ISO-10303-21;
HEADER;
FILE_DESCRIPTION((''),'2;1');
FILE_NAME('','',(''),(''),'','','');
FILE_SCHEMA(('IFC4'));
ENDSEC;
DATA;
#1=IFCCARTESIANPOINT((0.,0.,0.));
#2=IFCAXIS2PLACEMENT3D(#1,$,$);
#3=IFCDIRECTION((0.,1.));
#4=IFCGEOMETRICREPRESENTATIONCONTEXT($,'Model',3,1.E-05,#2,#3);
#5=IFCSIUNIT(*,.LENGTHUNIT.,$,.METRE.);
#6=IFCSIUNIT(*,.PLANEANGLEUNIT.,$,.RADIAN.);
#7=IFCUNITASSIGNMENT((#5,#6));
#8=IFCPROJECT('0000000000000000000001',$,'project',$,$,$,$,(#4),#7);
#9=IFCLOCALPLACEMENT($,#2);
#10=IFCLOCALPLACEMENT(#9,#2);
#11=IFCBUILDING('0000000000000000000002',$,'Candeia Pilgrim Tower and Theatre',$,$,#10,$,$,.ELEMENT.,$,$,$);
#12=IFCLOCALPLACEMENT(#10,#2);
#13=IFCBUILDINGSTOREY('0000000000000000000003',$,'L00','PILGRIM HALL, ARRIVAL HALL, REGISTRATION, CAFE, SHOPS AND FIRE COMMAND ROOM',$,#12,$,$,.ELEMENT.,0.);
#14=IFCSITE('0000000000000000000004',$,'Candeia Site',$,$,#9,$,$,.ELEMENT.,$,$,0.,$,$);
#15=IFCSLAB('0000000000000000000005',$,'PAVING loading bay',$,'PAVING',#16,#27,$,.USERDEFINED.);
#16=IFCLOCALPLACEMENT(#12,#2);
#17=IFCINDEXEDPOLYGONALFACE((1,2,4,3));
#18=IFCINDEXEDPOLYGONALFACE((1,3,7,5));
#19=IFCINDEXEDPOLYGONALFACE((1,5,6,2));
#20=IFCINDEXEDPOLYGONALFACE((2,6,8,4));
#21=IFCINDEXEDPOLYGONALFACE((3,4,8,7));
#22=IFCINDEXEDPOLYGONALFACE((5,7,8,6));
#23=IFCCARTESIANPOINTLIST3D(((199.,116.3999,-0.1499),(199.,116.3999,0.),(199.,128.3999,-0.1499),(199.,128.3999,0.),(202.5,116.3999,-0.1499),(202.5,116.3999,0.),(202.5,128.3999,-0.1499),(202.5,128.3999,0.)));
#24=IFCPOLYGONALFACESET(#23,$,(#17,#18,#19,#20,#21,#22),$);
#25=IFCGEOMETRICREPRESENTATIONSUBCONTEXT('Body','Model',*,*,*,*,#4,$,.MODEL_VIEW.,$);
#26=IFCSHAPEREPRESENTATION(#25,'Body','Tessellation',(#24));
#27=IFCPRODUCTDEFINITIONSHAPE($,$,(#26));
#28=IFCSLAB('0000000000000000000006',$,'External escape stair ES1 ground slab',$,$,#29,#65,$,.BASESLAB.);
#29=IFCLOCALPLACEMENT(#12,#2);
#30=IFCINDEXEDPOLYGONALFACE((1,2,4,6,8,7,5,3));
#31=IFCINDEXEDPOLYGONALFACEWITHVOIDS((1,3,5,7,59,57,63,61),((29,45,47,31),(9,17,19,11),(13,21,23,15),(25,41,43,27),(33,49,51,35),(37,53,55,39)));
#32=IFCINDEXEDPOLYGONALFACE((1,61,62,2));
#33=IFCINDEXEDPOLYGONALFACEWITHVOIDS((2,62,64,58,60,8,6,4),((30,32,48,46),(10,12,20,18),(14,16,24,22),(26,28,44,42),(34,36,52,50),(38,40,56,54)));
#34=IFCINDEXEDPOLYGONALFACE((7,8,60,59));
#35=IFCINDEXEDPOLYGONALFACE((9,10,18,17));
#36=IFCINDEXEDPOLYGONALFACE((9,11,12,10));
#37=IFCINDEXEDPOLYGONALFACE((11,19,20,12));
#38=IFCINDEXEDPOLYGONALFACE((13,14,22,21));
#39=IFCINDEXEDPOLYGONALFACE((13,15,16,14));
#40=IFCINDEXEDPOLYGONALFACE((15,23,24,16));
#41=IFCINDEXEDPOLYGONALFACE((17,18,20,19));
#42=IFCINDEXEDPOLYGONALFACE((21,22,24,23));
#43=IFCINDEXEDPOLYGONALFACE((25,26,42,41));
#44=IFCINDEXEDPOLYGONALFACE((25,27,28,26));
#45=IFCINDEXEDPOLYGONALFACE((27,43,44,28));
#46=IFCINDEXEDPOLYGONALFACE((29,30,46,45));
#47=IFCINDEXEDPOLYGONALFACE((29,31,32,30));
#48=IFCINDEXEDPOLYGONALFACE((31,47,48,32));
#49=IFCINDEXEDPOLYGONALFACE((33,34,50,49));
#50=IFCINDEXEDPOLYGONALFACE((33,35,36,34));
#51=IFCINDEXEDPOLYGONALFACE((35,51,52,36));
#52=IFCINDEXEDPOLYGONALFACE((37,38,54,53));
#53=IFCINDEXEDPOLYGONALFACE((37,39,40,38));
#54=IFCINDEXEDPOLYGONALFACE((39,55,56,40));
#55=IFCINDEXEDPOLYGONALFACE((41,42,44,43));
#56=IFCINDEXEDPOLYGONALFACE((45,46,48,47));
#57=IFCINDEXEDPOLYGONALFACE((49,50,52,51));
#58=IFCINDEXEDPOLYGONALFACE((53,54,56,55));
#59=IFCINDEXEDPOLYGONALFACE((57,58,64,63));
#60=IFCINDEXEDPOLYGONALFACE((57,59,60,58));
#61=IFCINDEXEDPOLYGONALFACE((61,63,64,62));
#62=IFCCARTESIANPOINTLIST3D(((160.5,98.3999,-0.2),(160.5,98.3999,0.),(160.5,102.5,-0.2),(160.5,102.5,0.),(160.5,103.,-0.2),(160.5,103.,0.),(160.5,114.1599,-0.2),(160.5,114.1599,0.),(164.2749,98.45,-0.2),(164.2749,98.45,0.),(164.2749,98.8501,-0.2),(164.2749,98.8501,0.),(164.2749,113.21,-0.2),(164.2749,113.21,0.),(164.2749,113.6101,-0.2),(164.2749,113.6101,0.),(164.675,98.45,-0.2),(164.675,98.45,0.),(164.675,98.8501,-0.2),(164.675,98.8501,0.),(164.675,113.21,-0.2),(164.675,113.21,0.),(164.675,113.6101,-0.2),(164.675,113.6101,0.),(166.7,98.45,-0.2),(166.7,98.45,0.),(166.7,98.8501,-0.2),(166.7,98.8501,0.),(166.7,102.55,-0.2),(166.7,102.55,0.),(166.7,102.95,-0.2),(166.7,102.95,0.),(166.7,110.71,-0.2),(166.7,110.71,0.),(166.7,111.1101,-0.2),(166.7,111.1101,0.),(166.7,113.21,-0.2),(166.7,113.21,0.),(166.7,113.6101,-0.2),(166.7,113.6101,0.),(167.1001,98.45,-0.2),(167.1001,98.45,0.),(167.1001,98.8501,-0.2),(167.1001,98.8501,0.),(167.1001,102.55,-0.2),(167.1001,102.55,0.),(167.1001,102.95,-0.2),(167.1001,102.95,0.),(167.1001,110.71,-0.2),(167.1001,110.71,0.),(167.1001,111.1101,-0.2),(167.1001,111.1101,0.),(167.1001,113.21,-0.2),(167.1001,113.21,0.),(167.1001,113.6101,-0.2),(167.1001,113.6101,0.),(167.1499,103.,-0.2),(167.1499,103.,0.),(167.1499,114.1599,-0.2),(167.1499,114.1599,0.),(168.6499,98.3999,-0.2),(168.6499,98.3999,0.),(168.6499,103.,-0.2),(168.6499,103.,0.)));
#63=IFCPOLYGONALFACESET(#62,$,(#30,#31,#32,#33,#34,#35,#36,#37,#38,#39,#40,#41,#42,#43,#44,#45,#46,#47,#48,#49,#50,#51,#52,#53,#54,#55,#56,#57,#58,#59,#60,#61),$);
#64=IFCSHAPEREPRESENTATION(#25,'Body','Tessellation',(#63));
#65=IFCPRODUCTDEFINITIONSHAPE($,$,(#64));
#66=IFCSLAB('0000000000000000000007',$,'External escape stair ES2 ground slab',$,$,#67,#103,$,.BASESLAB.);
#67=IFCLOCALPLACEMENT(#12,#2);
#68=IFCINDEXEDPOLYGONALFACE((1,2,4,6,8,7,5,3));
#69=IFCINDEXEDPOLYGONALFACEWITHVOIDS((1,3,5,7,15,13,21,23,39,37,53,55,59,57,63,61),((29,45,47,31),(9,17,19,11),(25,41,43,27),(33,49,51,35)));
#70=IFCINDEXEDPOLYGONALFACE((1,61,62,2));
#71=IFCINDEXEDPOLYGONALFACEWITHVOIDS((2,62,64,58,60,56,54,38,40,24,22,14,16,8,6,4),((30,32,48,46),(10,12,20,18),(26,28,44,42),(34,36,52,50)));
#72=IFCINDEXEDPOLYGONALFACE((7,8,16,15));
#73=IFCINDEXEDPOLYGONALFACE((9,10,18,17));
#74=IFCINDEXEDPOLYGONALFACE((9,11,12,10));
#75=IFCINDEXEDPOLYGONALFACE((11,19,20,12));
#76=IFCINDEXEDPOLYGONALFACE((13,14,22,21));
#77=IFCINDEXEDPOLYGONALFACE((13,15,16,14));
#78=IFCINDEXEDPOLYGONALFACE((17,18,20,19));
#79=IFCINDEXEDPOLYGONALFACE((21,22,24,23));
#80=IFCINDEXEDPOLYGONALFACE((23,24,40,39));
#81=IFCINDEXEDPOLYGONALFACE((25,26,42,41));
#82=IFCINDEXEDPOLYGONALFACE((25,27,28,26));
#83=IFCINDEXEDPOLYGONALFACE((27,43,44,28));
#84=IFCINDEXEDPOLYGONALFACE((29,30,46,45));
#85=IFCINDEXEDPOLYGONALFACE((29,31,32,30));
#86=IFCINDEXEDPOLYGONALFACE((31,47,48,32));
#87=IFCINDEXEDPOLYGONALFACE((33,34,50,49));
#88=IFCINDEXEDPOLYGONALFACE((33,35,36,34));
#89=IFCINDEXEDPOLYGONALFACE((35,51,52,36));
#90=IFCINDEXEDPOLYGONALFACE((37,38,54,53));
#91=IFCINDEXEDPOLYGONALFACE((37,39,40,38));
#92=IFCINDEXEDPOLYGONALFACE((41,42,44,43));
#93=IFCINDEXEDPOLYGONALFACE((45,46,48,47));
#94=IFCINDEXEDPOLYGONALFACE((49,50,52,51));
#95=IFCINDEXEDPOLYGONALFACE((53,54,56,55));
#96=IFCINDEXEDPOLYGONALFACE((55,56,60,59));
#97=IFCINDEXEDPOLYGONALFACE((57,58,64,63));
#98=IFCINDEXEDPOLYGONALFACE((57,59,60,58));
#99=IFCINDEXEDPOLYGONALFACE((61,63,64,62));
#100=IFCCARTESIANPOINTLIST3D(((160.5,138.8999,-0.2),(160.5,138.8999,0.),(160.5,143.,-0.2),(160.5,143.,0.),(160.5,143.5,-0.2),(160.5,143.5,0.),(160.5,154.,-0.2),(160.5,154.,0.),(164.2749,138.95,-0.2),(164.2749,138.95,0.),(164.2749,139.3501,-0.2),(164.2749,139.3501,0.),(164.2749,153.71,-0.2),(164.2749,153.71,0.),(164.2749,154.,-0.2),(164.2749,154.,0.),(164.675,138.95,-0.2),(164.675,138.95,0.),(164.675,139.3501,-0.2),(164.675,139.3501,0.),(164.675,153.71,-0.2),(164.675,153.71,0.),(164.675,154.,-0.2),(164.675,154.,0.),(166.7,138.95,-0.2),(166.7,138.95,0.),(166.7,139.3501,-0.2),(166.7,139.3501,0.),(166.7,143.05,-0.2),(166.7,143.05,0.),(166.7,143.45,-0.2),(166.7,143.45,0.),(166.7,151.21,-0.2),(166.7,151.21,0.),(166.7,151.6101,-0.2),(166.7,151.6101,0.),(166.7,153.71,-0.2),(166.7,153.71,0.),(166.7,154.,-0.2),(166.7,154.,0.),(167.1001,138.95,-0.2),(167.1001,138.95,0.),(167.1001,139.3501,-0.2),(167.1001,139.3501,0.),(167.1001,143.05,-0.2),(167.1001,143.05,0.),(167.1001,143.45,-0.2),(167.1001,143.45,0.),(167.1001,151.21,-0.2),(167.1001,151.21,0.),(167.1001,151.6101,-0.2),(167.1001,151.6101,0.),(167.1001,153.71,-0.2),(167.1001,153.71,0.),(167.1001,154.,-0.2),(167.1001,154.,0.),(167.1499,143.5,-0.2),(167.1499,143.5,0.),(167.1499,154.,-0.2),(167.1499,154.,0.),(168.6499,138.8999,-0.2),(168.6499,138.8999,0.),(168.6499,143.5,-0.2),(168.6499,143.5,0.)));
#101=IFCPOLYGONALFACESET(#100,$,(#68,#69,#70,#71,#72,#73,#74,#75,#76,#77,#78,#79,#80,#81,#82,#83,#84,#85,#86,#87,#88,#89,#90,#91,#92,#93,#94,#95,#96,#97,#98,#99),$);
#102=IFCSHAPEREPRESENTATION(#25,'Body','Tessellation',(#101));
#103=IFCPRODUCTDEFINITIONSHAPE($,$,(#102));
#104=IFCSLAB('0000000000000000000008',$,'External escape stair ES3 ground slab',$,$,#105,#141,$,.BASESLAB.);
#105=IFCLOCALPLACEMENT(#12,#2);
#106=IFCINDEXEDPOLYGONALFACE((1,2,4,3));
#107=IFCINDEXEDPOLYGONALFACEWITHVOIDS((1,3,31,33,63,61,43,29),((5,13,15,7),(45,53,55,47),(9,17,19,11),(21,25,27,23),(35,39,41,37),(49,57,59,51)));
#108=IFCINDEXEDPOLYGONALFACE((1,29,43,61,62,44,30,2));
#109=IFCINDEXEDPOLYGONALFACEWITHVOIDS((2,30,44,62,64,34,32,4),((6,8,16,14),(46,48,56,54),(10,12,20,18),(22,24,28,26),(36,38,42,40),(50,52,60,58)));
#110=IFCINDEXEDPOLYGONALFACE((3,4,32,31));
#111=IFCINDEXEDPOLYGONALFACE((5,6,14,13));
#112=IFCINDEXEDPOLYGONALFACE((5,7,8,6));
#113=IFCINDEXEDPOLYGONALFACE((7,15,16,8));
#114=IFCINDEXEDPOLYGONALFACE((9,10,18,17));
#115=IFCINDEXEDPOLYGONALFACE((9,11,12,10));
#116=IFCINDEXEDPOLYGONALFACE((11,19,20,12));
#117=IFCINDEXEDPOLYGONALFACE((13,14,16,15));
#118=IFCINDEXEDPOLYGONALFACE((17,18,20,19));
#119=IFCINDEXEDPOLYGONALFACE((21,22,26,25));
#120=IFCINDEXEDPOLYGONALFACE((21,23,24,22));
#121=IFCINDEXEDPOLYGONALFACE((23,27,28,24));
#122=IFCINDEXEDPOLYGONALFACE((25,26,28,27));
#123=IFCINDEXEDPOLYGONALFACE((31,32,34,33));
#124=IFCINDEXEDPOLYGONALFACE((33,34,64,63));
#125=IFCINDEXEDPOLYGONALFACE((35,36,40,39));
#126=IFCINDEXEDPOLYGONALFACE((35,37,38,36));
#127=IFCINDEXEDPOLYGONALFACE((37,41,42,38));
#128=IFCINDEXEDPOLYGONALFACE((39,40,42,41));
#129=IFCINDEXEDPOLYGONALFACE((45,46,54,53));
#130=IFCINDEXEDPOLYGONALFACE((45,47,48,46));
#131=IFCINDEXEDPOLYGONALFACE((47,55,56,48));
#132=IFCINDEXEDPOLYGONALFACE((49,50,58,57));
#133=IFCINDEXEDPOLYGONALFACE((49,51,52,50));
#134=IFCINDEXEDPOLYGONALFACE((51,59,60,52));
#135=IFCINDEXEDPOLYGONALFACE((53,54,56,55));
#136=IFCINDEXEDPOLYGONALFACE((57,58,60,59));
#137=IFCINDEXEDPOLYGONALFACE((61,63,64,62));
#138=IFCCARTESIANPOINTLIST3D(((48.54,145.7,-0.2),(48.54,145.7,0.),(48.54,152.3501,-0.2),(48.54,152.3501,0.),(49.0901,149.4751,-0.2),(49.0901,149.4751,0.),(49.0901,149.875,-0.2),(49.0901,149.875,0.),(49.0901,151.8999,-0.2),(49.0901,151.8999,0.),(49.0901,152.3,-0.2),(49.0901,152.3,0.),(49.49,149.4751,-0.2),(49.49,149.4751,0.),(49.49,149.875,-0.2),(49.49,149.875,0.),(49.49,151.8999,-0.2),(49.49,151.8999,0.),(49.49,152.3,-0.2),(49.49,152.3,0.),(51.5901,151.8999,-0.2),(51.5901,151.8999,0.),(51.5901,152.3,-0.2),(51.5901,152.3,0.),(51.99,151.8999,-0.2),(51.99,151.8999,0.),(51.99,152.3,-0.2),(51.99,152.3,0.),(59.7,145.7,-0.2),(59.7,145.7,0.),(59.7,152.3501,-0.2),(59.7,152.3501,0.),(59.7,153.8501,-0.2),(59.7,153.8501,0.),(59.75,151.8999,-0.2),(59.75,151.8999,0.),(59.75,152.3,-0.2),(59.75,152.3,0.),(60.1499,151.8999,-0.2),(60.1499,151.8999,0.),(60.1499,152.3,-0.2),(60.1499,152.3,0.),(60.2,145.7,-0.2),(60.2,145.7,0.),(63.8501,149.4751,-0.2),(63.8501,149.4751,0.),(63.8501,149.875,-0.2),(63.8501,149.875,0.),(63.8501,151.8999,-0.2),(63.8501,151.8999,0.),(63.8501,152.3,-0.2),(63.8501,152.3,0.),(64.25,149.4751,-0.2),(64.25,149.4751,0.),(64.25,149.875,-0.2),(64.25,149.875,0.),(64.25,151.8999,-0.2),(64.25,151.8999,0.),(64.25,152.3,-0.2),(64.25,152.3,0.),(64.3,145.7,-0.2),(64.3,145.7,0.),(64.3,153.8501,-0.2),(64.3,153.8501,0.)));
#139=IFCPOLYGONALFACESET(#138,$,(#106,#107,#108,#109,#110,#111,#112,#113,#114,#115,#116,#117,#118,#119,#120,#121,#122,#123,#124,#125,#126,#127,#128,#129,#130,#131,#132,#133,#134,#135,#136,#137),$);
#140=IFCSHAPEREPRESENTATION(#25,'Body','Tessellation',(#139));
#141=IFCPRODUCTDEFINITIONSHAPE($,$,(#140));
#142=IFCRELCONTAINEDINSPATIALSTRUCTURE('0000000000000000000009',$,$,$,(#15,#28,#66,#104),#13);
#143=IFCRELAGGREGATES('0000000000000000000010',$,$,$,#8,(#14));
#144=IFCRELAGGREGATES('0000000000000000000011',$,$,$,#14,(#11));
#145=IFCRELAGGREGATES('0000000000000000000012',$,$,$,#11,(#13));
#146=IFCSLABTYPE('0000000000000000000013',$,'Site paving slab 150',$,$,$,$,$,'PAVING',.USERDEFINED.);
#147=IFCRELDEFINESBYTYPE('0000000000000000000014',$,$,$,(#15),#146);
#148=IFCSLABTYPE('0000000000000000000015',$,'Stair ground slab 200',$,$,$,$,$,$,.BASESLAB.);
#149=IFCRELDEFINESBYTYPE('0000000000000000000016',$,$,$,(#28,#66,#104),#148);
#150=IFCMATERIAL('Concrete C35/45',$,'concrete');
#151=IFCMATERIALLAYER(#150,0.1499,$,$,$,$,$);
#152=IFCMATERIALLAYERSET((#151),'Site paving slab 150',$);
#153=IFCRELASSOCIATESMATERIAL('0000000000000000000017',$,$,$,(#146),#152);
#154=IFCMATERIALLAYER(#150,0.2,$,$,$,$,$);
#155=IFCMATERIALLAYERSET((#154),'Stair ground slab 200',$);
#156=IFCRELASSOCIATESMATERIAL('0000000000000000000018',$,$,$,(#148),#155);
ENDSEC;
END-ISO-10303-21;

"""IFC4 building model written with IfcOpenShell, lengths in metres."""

from ifc_helpers import new_model, si_unit, direction, frame, origin, place, context, subcontext, project, spatial, polyline, outline, extrude, material, layer, layer_set, type_object, element, save


model = new_model("IFC4")

# Units and contexts
model_context = context("Model", 3, precision=1e-05, world=origin(), true_north=direction((0.0, 1.0)))
body_context = subcontext(model_context, "Body", "Model", "MODEL_VIEW")
ifc_project = project(units=[si_unit("LENGTHUNIT", "METRE"), si_unit("PLANEANGLEUNIT", "RADIAN")], contexts=[model_context])

# Site, building, storey
site_placement = place(None, origin())
site = spatial("IfcSite", under=ifc_project, at=site_placement, Name="Candeia Site", CompositionType="ELEMENT", RefElevation=0.0)
building_placement = place(site_placement, origin())
building = spatial("IfcBuilding", under=site, at=building_placement, Name="Candeia Pilgrim Tower and Theatre", CompositionType="ELEMENT")
storey_placement = place(building_placement, origin())
storey = spatial("IfcBuildingStorey", under=building, at=storey_placement, Name="L00", Description="PILGRIM HALL, ARRIVAL HALL, REGISTRATION, CAFE, SHOPS AND FIRE COMMAND ROOM", CompositionType="ELEMENT", Elevation=0.0)

# Slabs
ifc_material = material(Name="Concrete C35/45", Category="concrete")
ifc_layer_1 = layer(ifc_material, 0.1499)
ifc_layer_set_1 = layer_set([ifc_layer_1], Name="Site paving slab 150")
slab_type_1 = type_object("IfcSlabType", Name="Site paving slab 150", ElementType="PAVING", PredefinedType="USERDEFINED", material=ifc_layer_set_1)
slab_1_placement = place(storey_placement, frame((0.0, 0.0, -0.1499)))
element("IfcSlab", 1, at=slab_1_placement, inside=storey, type_object=slab_type_1, Name="PAVING loading bay", ObjectType="PAVING", PredefinedType="USERDEFINED", context=body_context, shape_type="SweptSolid", body=[
    extrude(outline(polyline([(202.5, 116.3999), (202.5, 128.3999), (199.0, 128.3999), (199.0, 116.3999), (202.5, 116.3999)])), origin(), (0.0, 0.0, 1.0), 0.1499),
])
ifc_layer_2 = layer(ifc_material, 0.2)
ifc_layer_set_2 = layer_set([ifc_layer_2], Name="Stair ground slab 200")
slab_type_2 = type_object("IfcSlabType", Name="Stair ground slab 200", PredefinedType="BASESLAB", material=ifc_layer_set_2)
slab_2_placement = place(storey_placement, frame((0.0, 0.0, -0.2)))
element("IfcSlab", 2, at=slab_2_placement, inside=storey, type_object=slab_type_2, Name="External escape stair ES1 ground slab", PredefinedType="BASESLAB", context=body_context, shape_type="SweptSolid", body=[
    extrude(outline(polyline([(160.5, 114.1599), (167.1499, 114.1599), (167.1499, 103.0), (168.6499, 103.0), (168.6499, 98.3999), (160.5, 98.3999), (160.5, 102.5), (160.5, 103.0), (160.5, 114.1599)]), holes=[polyline([(164.675, 98.45), (164.675, 98.8501), (164.2749, 98.8501), (164.2749, 98.45), (164.675, 98.45)]), polyline([(166.7, 98.45), (167.1001, 98.45), (167.1001, 98.8501), (166.7, 98.8501), (166.7, 98.45)]), polyline([(166.7, 102.55), (167.1001, 102.55), (167.1001, 102.95), (166.7, 102.95), (166.7, 102.55)]), polyline([(167.1001, 110.71), (167.1001, 111.1101), (166.7, 111.1101), (166.7, 110.71), (167.1001, 110.71)]), polyline([(164.2749, 113.21), (164.675, 113.21), (164.675, 113.6101), (164.2749, 113.6101), (164.2749, 113.21)]), polyline([(166.7, 113.21), (167.1001, 113.21), (167.1001, 113.6101), (166.7, 113.6101), (166.7, 113.21)])]), origin(), (0.0, 0.0, 1.0), 0.2),
])
slab_3_placement = place(storey_placement, frame((0.0, 0.0, -0.2)))
element("IfcSlab", 3, at=slab_3_placement, inside=storey, type_object=slab_type_2, Name="External escape stair ES2 ground slab", PredefinedType="BASESLAB", context=body_context, shape_type="SweptSolid", body=[
    extrude(outline(polyline([(160.5, 154.0), (164.2749, 154.0), (164.2749, 153.71), (164.675, 153.71), (164.675, 154.0), (166.7, 154.0), (166.7, 153.71), (167.1001, 153.71), (167.1001, 154.0), (167.1499, 154.0), (167.1499, 143.5), (168.6499, 143.5), (168.6499, 138.8999), (160.5, 138.8999), (160.5, 143.0), (160.5, 143.5), (160.5, 154.0)]), holes=[polyline([(164.675, 138.95), (164.675, 139.3501), (164.2749, 139.3501), (164.2749, 138.95), (164.675, 138.95)]), polyline([(166.7, 138.95), (167.1001, 138.95), (167.1001, 139.3501), (166.7, 139.3501), (166.7, 138.95)]), polyline([(166.7, 143.05), (167.1001, 143.05), (167.1001, 143.45), (166.7, 143.45), (166.7, 143.05)]), polyline([(167.1001, 151.21), (167.1001, 151.6101), (166.7, 151.6101), (166.7, 151.21), (167.1001, 151.21)])]), origin(), (0.0, 0.0, 1.0), 0.2),
])
slab_4_placement = place(storey_placement, frame((0.0, 0.0, -0.2)))
element("IfcSlab", 4, at=slab_4_placement, inside=storey, type_object=slab_type_2, Name="External escape stair ES3 ground slab", PredefinedType="BASESLAB", context=body_context, shape_type="SweptSolid", body=[
    extrude(outline(polyline([(48.54, 152.3501), (59.7, 152.3501), (59.7, 153.8501), (64.3, 153.8501), (64.3, 145.7), (60.2, 145.7), (59.7, 145.7), (48.54, 145.7), (48.54, 152.3501)]), holes=[polyline([(49.49, 149.4751), (49.49, 149.875), (49.0901, 149.875), (49.0901, 149.4751), (49.49, 149.4751)]), polyline([(63.8501, 149.4751), (64.25, 149.4751), (64.25, 149.875), (63.8501, 149.875), (63.8501, 149.4751)]), polyline([(49.0901, 151.8999), (49.49, 151.8999), (49.49, 152.3), (49.0901, 152.3), (49.0901, 151.8999)]), polyline([(51.99, 151.8999), (51.99, 152.3), (51.5901, 152.3), (51.5901, 151.8999), (51.99, 151.8999)]), polyline([(59.75, 151.8999), (60.1499, 151.8999), (60.1499, 152.3), (59.75, 152.3), (59.75, 151.8999)]), polyline([(63.8501, 151.8999), (64.25, 151.8999), (64.25, 152.3), (63.8501, 152.3), (63.8501, 151.8999)])]), origin(), (0.0, 0.0, 1.0), 0.2),
])

save(model, "model.ifc")
